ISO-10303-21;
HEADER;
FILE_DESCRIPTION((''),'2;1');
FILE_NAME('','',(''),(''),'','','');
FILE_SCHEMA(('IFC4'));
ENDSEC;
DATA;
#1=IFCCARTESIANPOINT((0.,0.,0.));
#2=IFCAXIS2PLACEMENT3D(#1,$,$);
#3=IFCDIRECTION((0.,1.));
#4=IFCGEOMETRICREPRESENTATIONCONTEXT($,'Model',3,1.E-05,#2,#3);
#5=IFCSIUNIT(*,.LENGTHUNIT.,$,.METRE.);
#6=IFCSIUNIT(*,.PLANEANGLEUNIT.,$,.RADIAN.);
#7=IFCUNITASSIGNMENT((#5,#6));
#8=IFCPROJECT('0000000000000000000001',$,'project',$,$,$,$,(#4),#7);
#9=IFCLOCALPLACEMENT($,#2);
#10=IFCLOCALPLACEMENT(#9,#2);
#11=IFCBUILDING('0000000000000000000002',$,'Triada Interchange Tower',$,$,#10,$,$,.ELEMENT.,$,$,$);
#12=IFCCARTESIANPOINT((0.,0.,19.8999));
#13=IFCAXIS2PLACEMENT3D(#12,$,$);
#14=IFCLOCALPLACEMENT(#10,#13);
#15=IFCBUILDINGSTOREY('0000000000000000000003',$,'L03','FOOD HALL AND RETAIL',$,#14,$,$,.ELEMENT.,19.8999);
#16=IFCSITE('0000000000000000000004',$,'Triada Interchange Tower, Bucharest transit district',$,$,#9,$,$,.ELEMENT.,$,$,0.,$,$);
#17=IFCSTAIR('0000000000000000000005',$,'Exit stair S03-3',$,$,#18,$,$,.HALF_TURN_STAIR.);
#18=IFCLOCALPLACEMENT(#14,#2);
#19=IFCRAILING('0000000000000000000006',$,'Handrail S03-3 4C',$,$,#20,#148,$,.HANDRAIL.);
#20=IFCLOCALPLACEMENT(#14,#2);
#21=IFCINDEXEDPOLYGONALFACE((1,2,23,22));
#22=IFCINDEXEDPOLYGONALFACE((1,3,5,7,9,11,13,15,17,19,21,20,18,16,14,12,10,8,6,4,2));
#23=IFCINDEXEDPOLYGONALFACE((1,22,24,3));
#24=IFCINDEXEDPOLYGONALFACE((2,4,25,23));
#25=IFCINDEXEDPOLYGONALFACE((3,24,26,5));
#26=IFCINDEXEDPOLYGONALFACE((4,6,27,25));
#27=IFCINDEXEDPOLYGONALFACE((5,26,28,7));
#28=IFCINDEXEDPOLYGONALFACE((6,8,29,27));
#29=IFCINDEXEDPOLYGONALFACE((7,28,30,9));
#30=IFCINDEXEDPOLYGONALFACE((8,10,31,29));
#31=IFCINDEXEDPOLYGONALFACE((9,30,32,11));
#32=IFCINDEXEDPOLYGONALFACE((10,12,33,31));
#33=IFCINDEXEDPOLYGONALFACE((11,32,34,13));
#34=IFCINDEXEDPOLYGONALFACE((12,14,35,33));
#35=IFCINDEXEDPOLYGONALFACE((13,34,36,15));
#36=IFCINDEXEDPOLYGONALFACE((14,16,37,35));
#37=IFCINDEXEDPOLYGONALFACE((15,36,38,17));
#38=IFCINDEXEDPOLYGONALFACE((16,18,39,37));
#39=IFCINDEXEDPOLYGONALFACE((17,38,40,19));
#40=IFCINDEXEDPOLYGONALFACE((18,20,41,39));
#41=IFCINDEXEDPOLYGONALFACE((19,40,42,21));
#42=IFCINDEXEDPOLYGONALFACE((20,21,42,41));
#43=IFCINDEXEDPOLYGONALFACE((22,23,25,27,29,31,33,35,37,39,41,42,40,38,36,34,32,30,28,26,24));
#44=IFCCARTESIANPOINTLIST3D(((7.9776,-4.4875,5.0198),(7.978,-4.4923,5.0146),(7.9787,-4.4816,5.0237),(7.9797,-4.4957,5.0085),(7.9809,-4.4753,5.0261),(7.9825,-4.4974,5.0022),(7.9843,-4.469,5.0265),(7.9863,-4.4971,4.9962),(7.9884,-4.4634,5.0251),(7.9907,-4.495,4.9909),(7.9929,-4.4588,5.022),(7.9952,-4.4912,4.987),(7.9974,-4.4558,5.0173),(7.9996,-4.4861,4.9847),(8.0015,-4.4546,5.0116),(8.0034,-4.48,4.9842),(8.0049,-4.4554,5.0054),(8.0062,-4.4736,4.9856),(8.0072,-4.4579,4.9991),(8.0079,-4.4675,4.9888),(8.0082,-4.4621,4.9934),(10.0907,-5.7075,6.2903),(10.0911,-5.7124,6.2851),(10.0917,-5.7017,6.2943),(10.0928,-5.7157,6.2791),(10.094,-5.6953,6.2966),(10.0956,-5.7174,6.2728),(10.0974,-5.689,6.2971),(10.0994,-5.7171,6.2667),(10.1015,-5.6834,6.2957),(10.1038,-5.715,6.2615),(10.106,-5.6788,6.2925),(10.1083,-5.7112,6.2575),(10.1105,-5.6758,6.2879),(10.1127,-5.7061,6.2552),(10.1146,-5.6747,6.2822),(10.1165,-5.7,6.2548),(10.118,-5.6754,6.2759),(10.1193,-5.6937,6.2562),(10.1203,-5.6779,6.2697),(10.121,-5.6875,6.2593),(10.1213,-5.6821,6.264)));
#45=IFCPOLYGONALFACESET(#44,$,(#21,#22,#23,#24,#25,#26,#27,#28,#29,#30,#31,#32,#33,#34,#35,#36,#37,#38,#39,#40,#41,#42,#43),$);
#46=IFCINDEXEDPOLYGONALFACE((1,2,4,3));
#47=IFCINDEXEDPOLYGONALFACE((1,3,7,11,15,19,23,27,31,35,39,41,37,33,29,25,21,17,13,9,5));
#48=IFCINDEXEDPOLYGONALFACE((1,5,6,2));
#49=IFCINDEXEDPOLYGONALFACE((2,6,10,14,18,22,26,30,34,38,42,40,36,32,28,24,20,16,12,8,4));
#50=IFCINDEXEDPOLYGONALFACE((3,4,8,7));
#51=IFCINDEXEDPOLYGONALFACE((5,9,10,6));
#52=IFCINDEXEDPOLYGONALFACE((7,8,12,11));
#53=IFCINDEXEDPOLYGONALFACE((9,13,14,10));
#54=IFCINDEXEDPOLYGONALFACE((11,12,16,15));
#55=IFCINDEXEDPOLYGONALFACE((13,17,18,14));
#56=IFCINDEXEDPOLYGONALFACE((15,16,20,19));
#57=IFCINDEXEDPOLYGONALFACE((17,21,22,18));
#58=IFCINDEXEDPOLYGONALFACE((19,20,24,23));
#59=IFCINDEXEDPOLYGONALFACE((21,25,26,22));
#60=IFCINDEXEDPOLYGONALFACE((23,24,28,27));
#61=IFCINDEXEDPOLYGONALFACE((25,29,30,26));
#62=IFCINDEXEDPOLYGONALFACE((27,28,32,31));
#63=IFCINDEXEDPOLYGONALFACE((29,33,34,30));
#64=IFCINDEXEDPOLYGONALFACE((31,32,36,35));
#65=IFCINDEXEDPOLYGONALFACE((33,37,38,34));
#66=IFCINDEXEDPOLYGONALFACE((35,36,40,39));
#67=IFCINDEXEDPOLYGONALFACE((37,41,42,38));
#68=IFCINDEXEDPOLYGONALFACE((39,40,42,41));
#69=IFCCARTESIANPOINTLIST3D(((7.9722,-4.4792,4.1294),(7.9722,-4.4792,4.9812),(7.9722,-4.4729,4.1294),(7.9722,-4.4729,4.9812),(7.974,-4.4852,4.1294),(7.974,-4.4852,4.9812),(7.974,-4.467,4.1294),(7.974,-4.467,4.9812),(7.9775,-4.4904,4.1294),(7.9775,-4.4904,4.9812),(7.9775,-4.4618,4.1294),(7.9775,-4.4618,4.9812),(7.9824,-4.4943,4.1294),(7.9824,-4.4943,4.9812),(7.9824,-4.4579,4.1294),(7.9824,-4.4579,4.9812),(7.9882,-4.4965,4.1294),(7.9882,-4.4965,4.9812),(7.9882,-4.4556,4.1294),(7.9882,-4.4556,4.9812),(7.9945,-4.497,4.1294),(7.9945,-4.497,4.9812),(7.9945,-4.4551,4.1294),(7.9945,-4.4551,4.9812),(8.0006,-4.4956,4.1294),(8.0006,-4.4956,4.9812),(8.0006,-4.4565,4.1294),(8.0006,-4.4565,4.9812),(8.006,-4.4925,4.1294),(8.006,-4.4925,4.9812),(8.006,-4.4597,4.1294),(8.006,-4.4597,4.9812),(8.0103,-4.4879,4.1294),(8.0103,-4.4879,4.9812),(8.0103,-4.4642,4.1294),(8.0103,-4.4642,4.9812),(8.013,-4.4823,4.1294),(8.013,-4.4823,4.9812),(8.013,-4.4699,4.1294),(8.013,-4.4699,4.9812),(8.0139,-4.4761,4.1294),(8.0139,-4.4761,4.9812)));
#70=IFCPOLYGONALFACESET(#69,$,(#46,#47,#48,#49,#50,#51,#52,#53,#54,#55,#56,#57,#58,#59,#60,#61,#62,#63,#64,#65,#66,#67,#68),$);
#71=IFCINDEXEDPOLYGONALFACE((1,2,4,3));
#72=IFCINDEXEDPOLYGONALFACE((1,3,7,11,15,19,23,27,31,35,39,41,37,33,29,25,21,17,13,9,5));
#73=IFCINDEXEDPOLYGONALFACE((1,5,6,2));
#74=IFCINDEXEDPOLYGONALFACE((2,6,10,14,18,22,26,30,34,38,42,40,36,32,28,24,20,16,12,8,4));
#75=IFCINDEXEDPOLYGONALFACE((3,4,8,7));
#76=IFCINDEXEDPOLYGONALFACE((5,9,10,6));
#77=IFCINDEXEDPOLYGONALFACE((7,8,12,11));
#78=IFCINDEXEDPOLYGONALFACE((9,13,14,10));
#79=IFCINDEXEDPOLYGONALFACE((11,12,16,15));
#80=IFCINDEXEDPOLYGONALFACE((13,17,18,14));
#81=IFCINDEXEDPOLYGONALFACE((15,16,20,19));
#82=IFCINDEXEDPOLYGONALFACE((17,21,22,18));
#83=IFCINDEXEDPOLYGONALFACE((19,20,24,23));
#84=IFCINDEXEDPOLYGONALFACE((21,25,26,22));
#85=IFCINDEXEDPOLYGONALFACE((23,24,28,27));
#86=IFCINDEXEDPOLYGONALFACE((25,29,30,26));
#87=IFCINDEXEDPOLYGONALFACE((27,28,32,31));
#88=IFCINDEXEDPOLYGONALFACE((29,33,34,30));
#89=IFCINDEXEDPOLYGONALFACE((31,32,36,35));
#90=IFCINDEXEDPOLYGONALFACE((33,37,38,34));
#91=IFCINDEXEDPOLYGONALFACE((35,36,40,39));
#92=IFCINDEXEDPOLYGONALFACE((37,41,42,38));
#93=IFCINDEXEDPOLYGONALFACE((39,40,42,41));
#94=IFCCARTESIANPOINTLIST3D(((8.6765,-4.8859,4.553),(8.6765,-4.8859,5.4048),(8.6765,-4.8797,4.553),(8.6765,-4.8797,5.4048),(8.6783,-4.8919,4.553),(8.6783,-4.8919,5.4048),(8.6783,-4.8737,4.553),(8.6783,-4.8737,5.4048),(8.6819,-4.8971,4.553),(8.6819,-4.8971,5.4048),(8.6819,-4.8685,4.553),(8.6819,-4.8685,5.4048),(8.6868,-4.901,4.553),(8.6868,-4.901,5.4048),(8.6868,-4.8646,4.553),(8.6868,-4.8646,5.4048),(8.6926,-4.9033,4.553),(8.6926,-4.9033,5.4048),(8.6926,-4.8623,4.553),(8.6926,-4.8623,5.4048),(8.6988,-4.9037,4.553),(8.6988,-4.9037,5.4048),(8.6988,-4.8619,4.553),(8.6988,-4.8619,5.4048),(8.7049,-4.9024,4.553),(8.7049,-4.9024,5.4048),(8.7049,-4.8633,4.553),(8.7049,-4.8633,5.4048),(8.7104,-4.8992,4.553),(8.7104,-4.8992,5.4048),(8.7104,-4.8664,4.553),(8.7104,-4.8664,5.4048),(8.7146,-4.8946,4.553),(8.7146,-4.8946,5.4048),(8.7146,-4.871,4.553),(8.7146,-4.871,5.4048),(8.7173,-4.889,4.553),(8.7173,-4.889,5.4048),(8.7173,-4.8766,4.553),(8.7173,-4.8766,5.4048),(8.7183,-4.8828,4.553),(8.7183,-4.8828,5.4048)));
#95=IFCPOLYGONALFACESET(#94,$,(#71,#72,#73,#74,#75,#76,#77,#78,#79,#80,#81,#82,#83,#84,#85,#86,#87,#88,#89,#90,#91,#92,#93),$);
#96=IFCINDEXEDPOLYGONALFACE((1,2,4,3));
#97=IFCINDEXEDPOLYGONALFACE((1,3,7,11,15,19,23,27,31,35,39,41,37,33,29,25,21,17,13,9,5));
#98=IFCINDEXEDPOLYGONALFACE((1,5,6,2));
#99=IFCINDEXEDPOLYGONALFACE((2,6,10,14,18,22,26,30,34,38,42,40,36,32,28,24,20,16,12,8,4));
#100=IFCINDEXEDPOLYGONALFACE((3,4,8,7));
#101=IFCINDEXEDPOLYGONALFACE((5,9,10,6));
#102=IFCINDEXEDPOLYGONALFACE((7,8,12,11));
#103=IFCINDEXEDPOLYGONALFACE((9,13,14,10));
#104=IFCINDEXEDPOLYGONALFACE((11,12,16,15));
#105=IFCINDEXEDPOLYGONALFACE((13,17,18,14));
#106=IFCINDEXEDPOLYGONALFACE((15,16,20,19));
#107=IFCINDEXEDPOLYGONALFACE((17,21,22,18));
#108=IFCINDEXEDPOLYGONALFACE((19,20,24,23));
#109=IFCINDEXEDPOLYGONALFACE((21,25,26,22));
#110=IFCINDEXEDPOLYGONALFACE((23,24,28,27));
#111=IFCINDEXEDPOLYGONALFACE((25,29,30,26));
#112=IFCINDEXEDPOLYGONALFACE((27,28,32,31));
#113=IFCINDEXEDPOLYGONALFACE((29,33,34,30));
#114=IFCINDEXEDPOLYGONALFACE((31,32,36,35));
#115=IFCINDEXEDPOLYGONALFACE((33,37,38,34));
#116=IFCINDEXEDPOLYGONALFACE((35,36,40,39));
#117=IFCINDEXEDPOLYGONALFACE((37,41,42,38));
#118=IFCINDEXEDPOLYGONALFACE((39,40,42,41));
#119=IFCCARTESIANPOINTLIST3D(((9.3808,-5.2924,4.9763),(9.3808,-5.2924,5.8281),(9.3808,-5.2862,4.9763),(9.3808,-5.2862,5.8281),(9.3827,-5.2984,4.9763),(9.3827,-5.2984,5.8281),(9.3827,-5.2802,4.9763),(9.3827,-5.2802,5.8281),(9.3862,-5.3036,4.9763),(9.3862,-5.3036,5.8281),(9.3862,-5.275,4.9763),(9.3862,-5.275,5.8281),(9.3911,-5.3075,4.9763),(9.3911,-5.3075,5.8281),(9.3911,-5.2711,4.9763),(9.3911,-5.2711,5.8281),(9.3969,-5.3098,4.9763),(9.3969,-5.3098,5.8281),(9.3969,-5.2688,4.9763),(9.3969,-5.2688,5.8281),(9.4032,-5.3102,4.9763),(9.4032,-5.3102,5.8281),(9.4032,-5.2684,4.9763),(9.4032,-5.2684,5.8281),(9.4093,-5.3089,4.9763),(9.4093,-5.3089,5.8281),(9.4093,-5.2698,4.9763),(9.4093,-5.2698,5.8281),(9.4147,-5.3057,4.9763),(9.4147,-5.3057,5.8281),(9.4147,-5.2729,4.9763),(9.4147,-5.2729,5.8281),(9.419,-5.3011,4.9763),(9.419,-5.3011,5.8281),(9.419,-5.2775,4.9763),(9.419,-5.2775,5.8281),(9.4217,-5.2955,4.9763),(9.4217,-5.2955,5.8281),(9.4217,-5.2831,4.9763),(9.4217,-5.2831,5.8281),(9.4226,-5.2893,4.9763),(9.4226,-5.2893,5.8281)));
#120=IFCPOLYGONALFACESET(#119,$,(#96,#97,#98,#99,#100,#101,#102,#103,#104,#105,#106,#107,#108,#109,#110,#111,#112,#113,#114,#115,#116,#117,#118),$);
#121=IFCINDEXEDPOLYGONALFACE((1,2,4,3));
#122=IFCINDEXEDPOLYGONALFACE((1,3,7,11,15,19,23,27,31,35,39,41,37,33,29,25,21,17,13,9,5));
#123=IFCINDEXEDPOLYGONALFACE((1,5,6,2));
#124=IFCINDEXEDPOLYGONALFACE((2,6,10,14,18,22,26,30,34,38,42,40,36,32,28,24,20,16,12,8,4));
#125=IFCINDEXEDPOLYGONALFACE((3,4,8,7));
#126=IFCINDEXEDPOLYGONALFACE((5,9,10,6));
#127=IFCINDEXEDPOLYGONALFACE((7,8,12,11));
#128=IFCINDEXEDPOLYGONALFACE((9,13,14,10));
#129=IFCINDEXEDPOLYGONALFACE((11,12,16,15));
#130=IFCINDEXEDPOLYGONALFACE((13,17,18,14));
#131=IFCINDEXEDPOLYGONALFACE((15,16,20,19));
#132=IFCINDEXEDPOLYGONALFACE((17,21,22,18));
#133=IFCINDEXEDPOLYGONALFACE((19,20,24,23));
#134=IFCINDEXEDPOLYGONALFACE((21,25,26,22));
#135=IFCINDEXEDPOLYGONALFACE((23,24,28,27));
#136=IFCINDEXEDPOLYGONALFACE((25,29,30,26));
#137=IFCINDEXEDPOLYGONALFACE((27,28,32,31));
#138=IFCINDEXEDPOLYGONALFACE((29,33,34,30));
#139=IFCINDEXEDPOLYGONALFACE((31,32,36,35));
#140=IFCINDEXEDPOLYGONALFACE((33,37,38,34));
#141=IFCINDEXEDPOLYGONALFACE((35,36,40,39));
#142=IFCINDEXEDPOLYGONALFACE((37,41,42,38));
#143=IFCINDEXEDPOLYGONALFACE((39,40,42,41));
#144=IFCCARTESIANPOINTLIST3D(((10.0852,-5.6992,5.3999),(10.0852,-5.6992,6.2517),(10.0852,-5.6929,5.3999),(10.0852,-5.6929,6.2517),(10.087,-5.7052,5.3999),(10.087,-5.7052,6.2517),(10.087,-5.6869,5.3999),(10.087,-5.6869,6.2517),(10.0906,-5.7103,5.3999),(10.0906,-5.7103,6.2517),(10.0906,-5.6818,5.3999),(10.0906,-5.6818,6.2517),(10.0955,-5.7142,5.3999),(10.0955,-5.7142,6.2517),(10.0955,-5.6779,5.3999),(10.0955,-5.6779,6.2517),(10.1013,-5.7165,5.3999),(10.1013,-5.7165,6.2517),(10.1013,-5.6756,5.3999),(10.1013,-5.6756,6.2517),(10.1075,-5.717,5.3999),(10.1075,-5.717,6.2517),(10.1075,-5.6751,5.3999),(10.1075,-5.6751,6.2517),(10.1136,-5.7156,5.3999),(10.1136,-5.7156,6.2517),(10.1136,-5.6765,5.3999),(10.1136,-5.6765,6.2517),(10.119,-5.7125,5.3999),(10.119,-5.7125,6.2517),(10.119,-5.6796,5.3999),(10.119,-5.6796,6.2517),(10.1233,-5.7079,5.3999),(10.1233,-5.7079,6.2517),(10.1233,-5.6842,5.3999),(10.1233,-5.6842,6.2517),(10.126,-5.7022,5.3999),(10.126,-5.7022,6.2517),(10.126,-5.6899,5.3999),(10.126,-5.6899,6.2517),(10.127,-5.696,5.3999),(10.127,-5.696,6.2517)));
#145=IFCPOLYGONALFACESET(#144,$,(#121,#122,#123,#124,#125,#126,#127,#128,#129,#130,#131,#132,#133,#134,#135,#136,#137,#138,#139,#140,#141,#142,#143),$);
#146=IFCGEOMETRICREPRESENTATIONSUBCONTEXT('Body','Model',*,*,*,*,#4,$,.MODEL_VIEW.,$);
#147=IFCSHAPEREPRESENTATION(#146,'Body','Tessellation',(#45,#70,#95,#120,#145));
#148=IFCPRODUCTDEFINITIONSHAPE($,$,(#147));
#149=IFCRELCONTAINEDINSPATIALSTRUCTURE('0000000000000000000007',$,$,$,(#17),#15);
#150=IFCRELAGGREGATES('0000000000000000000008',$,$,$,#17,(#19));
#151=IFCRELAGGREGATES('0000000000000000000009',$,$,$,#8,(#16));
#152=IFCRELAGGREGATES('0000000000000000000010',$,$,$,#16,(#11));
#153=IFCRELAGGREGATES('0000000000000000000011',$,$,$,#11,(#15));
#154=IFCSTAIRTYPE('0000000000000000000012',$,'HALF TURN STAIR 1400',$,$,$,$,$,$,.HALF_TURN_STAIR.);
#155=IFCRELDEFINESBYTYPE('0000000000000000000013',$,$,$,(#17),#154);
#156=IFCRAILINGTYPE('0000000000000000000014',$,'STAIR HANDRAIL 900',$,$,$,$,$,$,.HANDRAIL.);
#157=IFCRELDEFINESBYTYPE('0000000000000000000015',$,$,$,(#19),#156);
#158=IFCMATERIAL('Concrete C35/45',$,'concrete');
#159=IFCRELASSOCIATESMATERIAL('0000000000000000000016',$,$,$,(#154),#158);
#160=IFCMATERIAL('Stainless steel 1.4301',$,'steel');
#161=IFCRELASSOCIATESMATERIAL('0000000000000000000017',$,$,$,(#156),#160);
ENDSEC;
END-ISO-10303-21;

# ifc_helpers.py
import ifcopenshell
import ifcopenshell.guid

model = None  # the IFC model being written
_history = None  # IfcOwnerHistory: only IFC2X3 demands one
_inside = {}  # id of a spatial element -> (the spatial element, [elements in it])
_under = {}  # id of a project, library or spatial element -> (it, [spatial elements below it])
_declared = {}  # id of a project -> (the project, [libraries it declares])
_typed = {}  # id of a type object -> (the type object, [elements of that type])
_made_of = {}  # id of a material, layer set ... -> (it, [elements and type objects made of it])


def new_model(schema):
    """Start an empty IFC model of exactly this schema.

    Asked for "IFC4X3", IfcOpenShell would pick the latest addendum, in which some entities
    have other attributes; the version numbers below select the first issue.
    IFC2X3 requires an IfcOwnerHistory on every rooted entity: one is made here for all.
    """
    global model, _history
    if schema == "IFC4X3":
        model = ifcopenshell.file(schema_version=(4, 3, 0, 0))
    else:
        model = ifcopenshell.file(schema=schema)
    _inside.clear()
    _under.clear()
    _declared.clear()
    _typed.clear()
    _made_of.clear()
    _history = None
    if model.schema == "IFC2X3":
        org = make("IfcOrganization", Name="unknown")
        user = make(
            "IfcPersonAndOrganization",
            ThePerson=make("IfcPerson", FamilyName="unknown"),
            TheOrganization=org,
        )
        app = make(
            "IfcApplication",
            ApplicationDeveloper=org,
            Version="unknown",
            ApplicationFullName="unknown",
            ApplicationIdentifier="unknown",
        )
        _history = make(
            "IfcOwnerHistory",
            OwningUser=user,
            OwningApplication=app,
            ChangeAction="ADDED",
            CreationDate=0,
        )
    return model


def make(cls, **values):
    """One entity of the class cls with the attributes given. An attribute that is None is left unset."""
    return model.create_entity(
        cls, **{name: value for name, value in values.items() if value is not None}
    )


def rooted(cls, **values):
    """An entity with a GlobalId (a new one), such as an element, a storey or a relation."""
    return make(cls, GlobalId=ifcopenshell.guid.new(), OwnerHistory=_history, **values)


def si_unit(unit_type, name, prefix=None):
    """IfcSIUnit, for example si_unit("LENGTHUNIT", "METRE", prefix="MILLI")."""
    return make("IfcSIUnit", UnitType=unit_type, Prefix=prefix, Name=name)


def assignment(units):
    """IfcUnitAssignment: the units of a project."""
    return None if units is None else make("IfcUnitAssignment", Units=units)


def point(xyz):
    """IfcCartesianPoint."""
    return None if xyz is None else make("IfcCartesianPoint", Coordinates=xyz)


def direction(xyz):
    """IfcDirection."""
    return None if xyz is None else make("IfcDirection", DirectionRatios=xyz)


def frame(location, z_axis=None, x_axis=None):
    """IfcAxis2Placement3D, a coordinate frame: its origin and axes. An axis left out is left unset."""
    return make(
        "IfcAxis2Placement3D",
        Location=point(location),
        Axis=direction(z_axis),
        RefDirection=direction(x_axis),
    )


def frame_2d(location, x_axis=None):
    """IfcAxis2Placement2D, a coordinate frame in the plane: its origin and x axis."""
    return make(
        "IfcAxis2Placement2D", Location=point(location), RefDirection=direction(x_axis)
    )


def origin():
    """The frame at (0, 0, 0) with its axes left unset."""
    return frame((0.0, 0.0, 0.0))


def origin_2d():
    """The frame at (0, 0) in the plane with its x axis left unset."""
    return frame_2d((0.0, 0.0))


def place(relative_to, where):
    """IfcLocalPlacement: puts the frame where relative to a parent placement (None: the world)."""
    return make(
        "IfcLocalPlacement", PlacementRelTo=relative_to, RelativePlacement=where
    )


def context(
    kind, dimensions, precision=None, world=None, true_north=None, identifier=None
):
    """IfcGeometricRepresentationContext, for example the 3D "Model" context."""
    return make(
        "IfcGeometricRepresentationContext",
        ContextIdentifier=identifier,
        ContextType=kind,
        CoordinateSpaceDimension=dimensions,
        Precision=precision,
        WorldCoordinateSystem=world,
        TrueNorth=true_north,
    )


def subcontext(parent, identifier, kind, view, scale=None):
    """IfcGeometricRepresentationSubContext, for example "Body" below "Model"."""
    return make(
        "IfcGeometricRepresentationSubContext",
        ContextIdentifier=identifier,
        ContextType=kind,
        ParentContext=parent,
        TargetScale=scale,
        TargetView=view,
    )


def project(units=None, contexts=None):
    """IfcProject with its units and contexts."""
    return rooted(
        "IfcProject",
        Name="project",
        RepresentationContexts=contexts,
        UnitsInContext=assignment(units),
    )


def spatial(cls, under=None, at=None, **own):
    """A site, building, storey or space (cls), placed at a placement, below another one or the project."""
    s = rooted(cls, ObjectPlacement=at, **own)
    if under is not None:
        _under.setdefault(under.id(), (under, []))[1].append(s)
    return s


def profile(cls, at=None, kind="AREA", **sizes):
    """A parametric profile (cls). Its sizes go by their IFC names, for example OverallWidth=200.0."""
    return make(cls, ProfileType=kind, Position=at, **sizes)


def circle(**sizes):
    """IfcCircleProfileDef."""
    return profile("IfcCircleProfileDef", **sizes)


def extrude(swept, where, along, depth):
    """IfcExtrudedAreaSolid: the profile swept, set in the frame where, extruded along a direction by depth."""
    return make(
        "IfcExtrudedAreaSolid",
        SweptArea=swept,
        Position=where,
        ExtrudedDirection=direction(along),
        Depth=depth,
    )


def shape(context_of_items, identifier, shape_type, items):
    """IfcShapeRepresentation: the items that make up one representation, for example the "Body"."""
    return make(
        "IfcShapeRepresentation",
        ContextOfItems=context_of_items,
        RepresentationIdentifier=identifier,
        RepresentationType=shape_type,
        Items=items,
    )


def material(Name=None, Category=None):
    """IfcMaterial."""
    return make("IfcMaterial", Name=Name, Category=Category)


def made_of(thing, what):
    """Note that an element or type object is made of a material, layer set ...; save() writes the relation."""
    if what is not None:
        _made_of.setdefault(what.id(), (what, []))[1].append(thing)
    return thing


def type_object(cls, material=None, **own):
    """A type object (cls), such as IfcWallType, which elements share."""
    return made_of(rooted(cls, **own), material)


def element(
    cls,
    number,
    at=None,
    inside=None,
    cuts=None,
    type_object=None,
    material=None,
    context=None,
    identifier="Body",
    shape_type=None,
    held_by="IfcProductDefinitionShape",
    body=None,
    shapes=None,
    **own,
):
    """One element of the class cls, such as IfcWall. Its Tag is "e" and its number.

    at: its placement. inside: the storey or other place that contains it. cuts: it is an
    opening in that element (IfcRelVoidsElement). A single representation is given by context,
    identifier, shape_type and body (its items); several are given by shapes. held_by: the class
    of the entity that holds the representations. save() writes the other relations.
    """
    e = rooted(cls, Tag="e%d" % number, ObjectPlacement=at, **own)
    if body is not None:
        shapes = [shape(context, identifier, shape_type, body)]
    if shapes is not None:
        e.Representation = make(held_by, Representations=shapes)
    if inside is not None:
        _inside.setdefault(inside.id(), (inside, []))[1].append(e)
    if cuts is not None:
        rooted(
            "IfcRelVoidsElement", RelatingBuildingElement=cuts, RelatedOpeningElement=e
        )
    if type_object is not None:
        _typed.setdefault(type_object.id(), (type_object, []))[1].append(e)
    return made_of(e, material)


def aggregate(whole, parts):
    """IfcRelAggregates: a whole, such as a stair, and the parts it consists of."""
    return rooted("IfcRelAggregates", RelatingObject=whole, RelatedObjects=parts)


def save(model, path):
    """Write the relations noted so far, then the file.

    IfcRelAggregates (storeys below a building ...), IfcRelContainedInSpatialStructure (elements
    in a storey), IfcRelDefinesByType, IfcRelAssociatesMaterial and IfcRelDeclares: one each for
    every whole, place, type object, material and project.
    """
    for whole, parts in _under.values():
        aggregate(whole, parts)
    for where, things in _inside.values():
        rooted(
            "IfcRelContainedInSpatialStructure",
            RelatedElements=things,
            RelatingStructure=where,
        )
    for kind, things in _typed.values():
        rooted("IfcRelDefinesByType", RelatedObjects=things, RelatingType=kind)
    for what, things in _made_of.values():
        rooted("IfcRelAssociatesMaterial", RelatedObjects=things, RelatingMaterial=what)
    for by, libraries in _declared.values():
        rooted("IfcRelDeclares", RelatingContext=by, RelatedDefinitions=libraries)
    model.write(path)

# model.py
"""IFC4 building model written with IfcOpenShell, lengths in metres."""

from ifc_helpers import new_model, si_unit, direction, frame, origin, origin_2d, place, context, subcontext, project, spatial, circle, extrude, material, type_object, element, aggregate, save


model = new_model("IFC4")

# Units and contexts
model_context = context("Model", 3, precision=1e-05, world=origin(), true_north=direction((0.0, 1.0)))
body_context = subcontext(model_context, "Body", "Model", "MODEL_VIEW")
ifc_project = project(units=[si_unit("LENGTHUNIT", "METRE"), si_unit("PLANEANGLEUNIT", "RADIAN")], contexts=[model_context])

# Site, building, storey
site_placement = place(None, origin())
site = spatial("IfcSite", under=ifc_project, at=site_placement, Name="Triada Interchange Tower, Bucharest transit district", CompositionType="ELEMENT", RefElevation=0.0)
building_placement = place(site_placement, origin())
building = spatial("IfcBuilding", under=site, at=building_placement, Name="Triada Interchange Tower", CompositionType="ELEMENT")
storey_placement = place(building_placement, frame((0.0, 0.0, 19.8999)))
storey = spatial("IfcBuildingStorey", under=building, at=storey_placement, Name="L03", Description="FOOD HALL AND RETAIL", CompositionType="ELEMENT", Elevation=19.8999)

# Shared definitions
ifc_material_1 = material(Name="Concrete C35/45", Category="concrete")
stair_type = type_object("IfcStairType", Name="HALF TURN STAIR 1400", PredefinedType="HALF_TURN_STAIR", material=ifc_material_1)

# Stair
stair_1_placement = place(storey_placement, origin())
stair_1 = element("IfcStair", 1, at=stair_1_placement, inside=storey, type_object=stair_type, Name="Exit stair S03-3", PredefinedType="HALF_TURN_STAIR")

# Railing
ifc_material_2 = material(Name="Stainless steel 1.4301", Category="steel")
railing_type = type_object("IfcRailingType", Name="STAIR HANDRAIL 900", PredefinedType="HANDRAIL", material=ifc_material_2)
railing_1_placement = place(storey_placement, frame((7.9929, -4.4761, 4.1294)))
railing_1 = element("IfcRailing", 2, at=railing_1_placement, type_object=railing_type, Name="Handrail S03-3 4C", PredefinedType="HANDRAIL", context=body_context, shape_type="SweptSolid", body=[
    extrude(circle(Radius=0.0239, at=origin_2d()), frame((0.0, 0.0, 0.876), z_axis=(0.768126, -0.443481, 0.461852), x_axis=(0.500003, 0.866024, 0.0)), (0.0, 0.0, 1.0), 2.751),
    extrude(circle(Radius=0.021, at=origin_2d()), origin(), (0.0, 0.0, 1.0), 0.8518),
    extrude(circle(Radius=0.021, at=origin_2d()), frame((0.7043, -0.4067, 0.4236)), (0.0, 0.0, 1.0), 0.8518),
    extrude(circle(Radius=0.021, at=origin_2d()), frame((1.4087, -0.8132, 0.8469)), (0.0, 0.0, 1.0), 0.8518),
    extrude(circle(Radius=0.021, at=origin_2d()), frame((2.113, -1.22, 1.2705)), (0.0, 0.0, 1.0), 0.8518),
])
aggregate(stair_1, [railing_1])

save(model, "model.ifc")
